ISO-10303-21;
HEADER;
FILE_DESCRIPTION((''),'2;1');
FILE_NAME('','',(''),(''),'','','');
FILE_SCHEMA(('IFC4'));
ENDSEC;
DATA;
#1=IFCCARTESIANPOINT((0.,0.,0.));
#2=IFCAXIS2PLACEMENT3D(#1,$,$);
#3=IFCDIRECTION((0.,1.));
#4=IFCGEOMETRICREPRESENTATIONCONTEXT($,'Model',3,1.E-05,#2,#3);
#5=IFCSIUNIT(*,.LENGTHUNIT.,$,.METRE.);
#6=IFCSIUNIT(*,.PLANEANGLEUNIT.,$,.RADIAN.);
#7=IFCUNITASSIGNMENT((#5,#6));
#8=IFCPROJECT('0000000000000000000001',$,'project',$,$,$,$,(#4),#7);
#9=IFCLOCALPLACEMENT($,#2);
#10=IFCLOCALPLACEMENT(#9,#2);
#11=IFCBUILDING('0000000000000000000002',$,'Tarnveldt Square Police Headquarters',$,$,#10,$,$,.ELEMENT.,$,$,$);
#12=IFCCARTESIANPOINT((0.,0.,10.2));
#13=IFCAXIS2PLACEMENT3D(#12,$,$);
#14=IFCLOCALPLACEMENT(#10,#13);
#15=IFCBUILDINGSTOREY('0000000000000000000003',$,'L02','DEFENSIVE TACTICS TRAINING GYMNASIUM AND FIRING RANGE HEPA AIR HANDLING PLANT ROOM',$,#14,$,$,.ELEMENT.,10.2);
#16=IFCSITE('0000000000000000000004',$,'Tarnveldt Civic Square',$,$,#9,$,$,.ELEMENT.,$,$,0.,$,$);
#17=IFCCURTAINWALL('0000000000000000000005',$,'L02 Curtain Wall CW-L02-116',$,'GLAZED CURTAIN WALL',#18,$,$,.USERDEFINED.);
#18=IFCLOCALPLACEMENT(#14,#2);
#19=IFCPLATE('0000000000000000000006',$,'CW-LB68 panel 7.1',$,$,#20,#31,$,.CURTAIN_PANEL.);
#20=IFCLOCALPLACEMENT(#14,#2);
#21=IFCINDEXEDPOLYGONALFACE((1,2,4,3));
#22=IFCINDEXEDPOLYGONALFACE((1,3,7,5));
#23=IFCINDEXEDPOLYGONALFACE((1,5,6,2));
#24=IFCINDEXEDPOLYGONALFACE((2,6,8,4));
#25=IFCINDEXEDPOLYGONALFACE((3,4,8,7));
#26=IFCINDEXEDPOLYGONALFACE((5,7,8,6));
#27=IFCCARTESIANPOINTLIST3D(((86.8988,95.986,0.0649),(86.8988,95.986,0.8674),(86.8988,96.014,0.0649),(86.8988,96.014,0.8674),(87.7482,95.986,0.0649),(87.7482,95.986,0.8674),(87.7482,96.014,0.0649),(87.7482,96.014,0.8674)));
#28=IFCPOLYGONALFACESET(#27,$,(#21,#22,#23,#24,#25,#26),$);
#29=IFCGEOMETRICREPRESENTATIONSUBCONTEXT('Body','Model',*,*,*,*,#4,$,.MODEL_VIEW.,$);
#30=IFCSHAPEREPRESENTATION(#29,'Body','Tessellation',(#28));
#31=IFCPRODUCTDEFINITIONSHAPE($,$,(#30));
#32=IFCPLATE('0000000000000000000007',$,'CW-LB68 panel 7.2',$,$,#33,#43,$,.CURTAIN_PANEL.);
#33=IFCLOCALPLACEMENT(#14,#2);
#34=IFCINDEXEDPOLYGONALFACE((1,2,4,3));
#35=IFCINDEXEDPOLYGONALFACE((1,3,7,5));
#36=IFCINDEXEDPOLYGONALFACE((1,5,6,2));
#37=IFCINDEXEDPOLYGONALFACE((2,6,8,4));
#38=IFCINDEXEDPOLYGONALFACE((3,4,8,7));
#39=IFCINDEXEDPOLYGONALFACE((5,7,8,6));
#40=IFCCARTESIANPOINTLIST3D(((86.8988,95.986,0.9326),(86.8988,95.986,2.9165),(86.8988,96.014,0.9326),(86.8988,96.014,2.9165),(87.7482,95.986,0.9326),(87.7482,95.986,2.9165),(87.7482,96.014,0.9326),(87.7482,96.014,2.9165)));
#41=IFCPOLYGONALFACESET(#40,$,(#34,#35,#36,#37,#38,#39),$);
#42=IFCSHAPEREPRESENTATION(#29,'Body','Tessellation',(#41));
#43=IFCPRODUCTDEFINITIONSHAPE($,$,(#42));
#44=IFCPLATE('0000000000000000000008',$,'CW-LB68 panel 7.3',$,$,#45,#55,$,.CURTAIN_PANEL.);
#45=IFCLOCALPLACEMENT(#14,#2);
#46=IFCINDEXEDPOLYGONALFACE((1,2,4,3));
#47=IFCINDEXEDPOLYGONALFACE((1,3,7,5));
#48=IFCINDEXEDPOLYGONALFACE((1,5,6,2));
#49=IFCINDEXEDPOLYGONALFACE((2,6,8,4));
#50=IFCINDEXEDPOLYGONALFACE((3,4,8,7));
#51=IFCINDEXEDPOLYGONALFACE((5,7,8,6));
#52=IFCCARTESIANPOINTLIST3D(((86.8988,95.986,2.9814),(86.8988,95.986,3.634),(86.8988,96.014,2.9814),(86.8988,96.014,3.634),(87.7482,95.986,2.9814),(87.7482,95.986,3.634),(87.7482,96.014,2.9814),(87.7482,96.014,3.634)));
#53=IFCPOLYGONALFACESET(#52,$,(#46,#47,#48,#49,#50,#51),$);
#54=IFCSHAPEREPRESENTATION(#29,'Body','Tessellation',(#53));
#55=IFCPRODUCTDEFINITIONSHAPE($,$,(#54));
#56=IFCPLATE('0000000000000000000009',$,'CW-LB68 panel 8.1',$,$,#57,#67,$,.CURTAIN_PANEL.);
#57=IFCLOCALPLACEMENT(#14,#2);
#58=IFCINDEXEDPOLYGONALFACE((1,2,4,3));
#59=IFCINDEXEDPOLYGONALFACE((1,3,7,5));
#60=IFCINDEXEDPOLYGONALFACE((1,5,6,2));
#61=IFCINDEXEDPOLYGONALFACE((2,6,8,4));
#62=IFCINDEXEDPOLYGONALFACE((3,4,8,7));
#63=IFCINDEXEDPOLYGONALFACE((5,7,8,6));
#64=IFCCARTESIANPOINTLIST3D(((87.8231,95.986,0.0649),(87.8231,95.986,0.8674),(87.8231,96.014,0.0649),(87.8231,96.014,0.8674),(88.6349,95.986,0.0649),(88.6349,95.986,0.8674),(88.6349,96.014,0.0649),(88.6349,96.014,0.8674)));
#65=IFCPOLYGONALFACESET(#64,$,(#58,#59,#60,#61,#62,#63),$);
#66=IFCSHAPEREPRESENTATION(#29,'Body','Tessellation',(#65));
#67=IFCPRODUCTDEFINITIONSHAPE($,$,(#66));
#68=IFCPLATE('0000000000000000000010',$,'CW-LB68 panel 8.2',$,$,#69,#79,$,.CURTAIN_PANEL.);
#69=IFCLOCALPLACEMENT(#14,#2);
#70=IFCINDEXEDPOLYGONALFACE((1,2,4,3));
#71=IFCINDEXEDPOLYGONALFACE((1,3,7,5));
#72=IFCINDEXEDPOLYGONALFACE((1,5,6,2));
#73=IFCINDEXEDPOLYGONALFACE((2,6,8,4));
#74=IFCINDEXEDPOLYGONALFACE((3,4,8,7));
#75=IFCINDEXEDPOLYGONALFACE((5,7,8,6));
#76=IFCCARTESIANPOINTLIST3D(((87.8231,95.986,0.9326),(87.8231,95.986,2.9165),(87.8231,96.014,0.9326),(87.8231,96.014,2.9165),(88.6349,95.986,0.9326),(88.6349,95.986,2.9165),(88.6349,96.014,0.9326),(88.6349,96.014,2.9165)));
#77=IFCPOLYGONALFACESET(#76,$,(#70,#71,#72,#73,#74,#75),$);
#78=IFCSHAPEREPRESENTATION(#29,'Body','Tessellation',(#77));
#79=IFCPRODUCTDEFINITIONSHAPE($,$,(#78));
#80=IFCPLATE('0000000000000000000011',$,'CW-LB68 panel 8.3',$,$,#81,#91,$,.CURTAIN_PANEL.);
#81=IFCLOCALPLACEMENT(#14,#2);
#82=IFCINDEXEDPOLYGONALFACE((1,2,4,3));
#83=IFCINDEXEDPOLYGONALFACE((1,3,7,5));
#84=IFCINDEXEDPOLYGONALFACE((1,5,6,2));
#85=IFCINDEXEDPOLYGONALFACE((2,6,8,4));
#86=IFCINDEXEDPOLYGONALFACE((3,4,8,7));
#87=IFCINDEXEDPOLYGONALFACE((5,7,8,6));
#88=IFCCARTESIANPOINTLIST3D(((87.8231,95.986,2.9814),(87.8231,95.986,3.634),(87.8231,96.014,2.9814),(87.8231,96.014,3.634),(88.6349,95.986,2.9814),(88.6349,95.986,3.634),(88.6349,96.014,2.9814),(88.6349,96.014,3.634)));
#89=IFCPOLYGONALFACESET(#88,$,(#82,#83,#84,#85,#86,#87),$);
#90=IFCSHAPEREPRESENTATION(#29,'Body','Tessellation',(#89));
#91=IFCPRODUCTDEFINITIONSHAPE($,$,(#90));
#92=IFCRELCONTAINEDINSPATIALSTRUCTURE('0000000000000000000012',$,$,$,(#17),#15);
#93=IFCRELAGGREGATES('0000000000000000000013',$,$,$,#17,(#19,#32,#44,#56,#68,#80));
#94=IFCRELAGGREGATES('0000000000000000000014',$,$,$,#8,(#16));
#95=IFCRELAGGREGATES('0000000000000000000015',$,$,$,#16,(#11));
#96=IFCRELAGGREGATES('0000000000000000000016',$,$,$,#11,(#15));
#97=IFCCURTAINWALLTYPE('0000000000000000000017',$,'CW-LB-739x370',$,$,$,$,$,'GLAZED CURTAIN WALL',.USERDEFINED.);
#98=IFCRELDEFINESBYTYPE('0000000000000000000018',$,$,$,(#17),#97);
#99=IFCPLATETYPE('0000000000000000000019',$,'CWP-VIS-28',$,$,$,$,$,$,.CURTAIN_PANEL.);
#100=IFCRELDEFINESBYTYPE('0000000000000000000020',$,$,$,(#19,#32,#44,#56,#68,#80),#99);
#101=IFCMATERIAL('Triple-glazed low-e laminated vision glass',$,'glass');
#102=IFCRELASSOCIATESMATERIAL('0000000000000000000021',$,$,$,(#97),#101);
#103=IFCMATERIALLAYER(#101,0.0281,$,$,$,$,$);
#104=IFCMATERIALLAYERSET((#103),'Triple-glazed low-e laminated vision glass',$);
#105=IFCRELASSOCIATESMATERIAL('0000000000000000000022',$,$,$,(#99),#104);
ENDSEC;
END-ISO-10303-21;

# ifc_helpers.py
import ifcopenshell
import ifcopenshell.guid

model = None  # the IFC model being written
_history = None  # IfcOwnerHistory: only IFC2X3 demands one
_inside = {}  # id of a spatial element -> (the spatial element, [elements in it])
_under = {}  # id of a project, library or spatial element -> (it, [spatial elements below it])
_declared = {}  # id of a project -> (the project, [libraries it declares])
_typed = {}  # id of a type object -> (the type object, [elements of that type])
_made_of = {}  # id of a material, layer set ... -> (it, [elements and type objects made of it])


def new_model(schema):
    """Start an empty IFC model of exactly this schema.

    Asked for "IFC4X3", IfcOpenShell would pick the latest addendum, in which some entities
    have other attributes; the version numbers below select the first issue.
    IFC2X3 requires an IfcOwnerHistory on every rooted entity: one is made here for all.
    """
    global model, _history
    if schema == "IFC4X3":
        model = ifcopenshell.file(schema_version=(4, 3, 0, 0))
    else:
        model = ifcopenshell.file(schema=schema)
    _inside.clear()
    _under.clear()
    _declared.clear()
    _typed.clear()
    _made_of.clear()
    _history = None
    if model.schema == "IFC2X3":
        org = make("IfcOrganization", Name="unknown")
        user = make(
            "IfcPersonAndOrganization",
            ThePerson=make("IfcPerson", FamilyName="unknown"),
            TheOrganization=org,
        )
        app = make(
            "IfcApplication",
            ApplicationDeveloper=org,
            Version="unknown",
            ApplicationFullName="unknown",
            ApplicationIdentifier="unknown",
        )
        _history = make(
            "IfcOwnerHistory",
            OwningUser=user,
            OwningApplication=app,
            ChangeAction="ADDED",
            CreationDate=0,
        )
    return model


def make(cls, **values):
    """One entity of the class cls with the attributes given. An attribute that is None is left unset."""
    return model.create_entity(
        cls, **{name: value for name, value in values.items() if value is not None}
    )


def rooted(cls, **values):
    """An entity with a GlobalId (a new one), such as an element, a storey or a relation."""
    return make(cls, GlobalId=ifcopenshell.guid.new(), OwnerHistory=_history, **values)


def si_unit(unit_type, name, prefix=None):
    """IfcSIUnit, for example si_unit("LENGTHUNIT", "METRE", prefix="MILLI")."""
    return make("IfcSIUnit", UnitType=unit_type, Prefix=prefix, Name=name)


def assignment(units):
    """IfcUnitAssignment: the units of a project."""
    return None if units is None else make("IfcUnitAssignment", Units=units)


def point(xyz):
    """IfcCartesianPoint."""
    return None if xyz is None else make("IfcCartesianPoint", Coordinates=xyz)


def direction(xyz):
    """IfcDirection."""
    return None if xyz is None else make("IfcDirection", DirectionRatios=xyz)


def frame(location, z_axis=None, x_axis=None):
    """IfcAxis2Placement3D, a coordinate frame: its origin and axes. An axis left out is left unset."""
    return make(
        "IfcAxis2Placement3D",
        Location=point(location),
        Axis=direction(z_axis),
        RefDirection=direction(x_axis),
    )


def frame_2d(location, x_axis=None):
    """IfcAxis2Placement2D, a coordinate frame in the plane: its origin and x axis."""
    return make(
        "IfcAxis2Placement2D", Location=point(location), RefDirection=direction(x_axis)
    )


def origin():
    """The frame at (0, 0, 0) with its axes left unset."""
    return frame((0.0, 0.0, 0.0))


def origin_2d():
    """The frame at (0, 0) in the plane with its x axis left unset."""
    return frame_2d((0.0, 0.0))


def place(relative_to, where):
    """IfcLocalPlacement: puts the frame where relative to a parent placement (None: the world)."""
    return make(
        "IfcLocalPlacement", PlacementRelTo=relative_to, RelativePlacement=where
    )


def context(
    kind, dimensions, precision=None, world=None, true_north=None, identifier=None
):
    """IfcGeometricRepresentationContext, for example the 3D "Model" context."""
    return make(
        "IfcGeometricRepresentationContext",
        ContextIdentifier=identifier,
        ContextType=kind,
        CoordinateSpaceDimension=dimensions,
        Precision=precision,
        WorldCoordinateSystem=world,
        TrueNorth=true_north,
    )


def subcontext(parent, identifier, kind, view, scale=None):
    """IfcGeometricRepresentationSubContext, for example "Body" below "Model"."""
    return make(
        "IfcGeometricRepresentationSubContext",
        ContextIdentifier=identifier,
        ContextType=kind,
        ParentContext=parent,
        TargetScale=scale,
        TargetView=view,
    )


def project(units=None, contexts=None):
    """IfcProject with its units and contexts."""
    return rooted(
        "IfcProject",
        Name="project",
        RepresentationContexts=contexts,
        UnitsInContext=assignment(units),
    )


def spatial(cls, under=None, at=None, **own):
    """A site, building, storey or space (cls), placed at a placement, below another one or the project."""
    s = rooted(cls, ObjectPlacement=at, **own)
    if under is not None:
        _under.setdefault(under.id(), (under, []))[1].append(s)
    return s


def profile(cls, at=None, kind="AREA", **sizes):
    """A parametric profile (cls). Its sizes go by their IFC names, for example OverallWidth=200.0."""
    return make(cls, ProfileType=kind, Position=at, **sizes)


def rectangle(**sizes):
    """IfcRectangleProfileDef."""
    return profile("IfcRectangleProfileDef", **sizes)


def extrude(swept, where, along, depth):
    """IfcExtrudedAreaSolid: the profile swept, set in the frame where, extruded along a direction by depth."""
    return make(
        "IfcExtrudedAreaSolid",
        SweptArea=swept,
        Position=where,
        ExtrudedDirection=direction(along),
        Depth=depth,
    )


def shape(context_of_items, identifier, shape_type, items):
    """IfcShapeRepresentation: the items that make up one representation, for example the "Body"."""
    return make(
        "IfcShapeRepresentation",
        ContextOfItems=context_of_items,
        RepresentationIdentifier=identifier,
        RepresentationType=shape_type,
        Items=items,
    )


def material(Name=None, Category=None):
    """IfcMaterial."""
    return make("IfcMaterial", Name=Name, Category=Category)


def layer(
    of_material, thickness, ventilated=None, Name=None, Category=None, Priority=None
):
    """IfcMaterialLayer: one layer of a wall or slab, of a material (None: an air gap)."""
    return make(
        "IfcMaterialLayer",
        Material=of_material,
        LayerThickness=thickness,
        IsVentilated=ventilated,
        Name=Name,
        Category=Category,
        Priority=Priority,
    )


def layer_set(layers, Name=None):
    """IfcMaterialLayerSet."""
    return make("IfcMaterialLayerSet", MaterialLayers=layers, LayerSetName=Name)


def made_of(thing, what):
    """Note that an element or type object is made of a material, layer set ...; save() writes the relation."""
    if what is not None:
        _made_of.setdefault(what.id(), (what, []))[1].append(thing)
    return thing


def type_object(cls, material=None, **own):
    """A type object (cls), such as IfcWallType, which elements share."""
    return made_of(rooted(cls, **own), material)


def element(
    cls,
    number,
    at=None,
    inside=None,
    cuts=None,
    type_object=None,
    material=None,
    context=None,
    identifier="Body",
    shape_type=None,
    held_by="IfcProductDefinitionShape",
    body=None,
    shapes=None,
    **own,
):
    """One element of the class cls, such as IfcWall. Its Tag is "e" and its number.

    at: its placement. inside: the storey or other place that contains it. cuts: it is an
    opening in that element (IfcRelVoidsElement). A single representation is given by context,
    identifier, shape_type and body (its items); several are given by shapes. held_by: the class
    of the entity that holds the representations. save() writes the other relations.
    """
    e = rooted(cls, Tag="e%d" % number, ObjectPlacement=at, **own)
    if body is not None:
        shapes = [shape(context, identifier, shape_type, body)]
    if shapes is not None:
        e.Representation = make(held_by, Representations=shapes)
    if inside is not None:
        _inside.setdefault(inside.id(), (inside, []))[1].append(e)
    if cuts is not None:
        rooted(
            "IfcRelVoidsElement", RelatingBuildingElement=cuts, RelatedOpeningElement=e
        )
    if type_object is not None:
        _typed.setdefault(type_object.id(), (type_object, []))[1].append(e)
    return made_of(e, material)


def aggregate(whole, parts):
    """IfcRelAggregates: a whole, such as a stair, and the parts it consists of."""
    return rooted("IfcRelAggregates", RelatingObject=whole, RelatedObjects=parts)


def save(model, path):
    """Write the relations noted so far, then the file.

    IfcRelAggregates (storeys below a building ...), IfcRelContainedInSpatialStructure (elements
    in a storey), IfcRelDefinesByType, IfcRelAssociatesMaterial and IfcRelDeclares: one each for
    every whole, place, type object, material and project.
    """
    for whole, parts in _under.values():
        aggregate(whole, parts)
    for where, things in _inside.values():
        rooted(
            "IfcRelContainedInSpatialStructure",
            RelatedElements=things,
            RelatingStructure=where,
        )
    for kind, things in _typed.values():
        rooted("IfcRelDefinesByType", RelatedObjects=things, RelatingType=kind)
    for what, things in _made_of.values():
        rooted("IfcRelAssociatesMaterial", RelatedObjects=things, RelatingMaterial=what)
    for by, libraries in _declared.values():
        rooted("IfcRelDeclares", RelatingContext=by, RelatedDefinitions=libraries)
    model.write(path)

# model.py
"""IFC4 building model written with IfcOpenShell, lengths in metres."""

from ifc_helpers import new_model, si_unit, direction, frame, origin, origin_2d, place, context, subcontext, project, spatial, rectangle, extrude, material, layer, layer_set, type_object, element, aggregate, save


model = new_model("IFC4")

# Units and contexts
model_context = context("Model", 3, precision=1e-05, world=origin(), true_north=direction((0.0, 1.0)))
body_context = subcontext(model_context, "Body", "Model", "MODEL_VIEW")
ifc_project = project(units=[si_unit("LENGTHUNIT", "METRE"), si_unit("PLANEANGLEUNIT", "RADIAN")], contexts=[model_context])

# Site, building, storey
site_placement = place(None, origin())
site = spatial("IfcSite", under=ifc_project, at=site_placement, Name="Tarnveldt Civic Square", CompositionType="ELEMENT", RefElevation=0.0)
building_placement = place(site_placement, origin())
building = spatial("IfcBuilding", under=site, at=building_placement, Name="Tarnveldt Square Police Headquarters", CompositionType="ELEMENT")
storey_placement = place(building_placement, frame((0.0, 0.0, 10.2)))
storey = spatial("IfcBuildingStorey", under=building, at=storey_placement, Name="L02", Description="DEFENSIVE TACTICS TRAINING GYMNASIUM AND FIRING RANGE HEPA AIR HANDLING PLANT ROOM", CompositionType="ELEMENT", Elevation=10.2)

# Curtain wall, plates
ifc_material_1 = material(Name="Triple-glazed low-e laminated vision glass", Category="glass")
curtain_wall_type = type_object("IfcCurtainWallType", Name="CW-LB-739x370", ElementType="GLAZED CURTAIN WALL", PredefinedType="USERDEFINED", material=ifc_material_1)
curtain_wall_placement = place(storey_placement, origin())
curtain_wall = element("IfcCurtainWall", 1, at=curtain_wall_placement, inside=storey, type_object=curtain_wall_type, Name="L02 Curtain Wall CW-L02-116", ObjectType="GLAZED CURTAIN WALL", PredefinedType="USERDEFINED")
ifc_layer = layer(ifc_material_1, 0.0281)
ifc_layer_set = layer_set([ifc_layer], Name="Triple-glazed low-e laminated vision glass")
plate_type = type_object("IfcPlateType", Name="CWP-VIS-28", PredefinedType="CURTAIN_PANEL", material=ifc_layer_set)
plate_1_placement = place(storey_placement, frame((87.3235, 96.0, 0.0649), z_axis=(0.0, 0.0, 1.0), x_axis=(1.0, 0.0, 0.0)))
plate_1 = element("IfcPlate", 2, at=plate_1_placement, type_object=plate_type, Name="CW-LB68 panel 7.1", PredefinedType="CURTAIN_PANEL", context=body_context, shape_type="SweptSolid", body=[
    extrude(rectangle(XDim=0.8494, YDim=0.0281, at=origin_2d()), origin(), (0.0, 0.0, 1.0), 0.8025),
])
plate_2_placement = place(storey_placement, frame((87.3235, 96.0, 0.9326), z_axis=(0.0, 0.0, 1.0), x_axis=(1.0, 0.0, 0.0)))
plate_2 = element("IfcPlate", 3, at=plate_2_placement, type_object=plate_type, Name="CW-LB68 panel 7.2", PredefinedType="CURTAIN_PANEL", context=body_context, shape_type="SweptSolid", body=[
    extrude(rectangle(XDim=0.8494, YDim=0.0281, at=origin_2d()), origin(), (0.0, 0.0, 1.0), 1.9839),
])
plate_3_placement = place(storey_placement, frame((87.3235, 96.0, 2.9814), z_axis=(0.0, 0.0, 1.0), x_axis=(1.0, 0.0, 0.0)))
plate_3 = element("IfcPlate", 4, at=plate_3_placement, type_object=plate_type, Name="CW-LB68 panel 7.3", PredefinedType="CURTAIN_PANEL", context=body_context, shape_type="SweptSolid", body=[
    extrude(rectangle(XDim=0.8494, YDim=0.0281, at=origin_2d()), origin(), (0.0, 0.0, 1.0), 0.6526),
])
plate_4_placement = place(storey_placement, frame((88.229, 96.0, 0.0649), z_axis=(0.0, 0.0, 1.0), x_axis=(1.0, 0.0, 0.0)))
plate_4 = element("IfcPlate", 5, at=plate_4_placement, type_object=plate_type, Name="CW-LB68 panel 8.1", PredefinedType="CURTAIN_PANEL", context=body_context, shape_type="SweptSolid", body=[
    extrude(rectangle(XDim=0.8118, YDim=0.0281, at=origin_2d()), origin(), (0.0, 0.0, 1.0), 0.8025),
])
plate_5_placement = place(storey_placement, frame((88.229, 96.0, 0.9326), z_axis=(0.0, 0.0, 1.0), x_axis=(1.0, 0.0, 0.0)))
plate_5 = element("IfcPlate", 6, at=plate_5_placement, type_object=plate_type, Name="CW-LB68 panel 8.2", PredefinedType="CURTAIN_PANEL", context=body_context, shape_type="SweptSolid", body=[
    extrude(rectangle(XDim=0.8118, YDim=0.0281, at=origin_2d()), origin(), (0.0, 0.0, 1.0), 1.9839),
])
plate_6_placement = place(storey_placement, frame((88.229, 96.0, 2.9814), z_axis=(0.0, 0.0, 1.0), x_axis=(1.0, 0.0, 0.0)))
plate_6 = element("IfcPlate", 7, at=plate_6_placement, type_object=plate_type, Name="CW-LB68 panel 8.3", PredefinedType="CURTAIN_PANEL", context=body_context, shape_type="SweptSolid", body=[
    extrude(rectangle(XDim=0.8118, YDim=0.0281, at=origin_2d()), origin(), (0.0, 0.0, 1.0), 0.6526),
])
aggregate(curtain_wall, [plate_1, plate_2, plate_3, plate_4, plate_5, plate_6])

save(model, "model.ifc")
